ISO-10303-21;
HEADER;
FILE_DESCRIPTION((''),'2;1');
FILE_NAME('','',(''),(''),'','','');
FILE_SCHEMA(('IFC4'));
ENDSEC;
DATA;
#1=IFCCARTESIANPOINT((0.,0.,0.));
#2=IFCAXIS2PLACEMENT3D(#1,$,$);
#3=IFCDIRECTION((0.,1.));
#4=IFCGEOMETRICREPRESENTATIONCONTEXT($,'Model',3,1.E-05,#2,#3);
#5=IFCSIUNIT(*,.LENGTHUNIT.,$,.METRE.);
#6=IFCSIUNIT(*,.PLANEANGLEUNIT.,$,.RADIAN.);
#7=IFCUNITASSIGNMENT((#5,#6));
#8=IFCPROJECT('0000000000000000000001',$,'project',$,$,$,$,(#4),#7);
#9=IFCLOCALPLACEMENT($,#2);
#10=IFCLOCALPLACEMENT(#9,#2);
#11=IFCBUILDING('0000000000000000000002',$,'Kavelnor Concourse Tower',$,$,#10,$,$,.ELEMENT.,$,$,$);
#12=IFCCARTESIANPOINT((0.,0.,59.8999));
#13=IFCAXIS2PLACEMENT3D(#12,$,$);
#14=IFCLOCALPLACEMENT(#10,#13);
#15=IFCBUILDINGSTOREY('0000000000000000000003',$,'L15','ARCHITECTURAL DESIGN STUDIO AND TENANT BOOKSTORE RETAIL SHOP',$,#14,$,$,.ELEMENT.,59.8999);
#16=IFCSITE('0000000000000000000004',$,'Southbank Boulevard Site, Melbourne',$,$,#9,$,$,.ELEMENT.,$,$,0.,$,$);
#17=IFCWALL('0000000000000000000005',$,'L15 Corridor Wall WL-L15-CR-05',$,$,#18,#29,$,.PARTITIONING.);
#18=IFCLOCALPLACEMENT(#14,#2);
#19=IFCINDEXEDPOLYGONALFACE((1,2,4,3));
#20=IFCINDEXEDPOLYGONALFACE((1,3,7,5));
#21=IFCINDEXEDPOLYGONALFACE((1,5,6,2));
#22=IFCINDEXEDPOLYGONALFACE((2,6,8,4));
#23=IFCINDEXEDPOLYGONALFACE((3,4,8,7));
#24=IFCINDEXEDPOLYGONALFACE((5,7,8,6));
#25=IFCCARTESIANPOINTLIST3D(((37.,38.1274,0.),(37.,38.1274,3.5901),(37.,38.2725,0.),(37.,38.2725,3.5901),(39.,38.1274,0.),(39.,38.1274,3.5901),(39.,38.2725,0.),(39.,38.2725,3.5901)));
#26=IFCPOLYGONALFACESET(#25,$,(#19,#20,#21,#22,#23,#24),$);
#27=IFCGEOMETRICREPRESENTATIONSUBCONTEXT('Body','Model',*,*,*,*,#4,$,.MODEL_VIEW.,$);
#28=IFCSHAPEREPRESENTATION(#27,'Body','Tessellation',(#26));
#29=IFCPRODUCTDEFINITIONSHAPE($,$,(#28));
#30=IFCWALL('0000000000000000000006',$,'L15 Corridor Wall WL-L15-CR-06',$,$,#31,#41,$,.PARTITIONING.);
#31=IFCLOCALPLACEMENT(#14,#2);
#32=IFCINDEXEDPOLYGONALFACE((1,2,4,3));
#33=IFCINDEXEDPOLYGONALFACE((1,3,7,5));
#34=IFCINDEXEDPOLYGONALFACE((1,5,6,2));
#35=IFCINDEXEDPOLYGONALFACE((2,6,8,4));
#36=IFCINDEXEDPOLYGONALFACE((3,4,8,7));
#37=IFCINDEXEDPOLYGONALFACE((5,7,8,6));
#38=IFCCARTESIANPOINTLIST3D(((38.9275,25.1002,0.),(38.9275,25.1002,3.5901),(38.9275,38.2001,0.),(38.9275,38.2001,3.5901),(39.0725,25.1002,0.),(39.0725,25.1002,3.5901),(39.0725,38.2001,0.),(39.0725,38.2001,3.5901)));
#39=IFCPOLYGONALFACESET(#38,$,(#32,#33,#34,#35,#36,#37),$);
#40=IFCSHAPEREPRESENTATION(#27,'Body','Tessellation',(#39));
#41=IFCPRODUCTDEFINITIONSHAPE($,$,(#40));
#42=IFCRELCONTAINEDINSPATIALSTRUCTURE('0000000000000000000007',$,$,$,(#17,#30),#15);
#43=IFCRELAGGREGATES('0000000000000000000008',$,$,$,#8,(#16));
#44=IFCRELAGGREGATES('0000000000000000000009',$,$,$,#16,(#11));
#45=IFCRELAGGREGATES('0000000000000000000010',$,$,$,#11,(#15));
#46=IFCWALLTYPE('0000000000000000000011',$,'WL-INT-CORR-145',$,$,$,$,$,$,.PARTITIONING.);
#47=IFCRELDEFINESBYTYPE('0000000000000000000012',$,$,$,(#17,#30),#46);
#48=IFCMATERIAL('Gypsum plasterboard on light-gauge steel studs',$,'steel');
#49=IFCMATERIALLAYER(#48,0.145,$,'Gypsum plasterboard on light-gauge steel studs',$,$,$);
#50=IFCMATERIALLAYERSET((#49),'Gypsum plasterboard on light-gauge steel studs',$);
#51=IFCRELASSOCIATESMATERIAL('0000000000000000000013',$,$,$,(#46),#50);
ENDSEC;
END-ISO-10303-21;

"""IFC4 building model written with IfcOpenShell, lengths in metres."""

from ifc_helpers import new_model, si_unit, direction, frame, frame_2d, origin, place, context, subcontext, project, spatial, rectangle, extrude, material, layer, layer_set, type_object, element, save


model = new_model("IFC4")

# Units and contexts
model_context = context("Model", 3, precision=1e-05, world=origin(), true_north=direction((0.0, 1.0)))
body_context = subcontext(model_context, "Body", "Model", "MODEL_VIEW")
ifc_project = project(units=[si_unit("LENGTHUNIT", "METRE"), si_unit("PLANEANGLEUNIT", "RADIAN")], contexts=[model_context])

# Site, building, storey
site_placement = place(None, origin())
site = spatial("IfcSite", under=ifc_project, at=site_placement, Name="Southbank Boulevard Site, Melbourne", CompositionType="ELEMENT", RefElevation=0.0)
building_placement = place(site_placement, origin())
building = spatial("IfcBuilding", under=site, at=building_placement, Name="Kavelnor Concourse Tower", CompositionType="ELEMENT")
storey_placement = place(building_placement, frame((0.0, 0.0, 59.8999)))
storey = spatial("IfcBuildingStorey", under=building, at=storey_placement, Name="L15", Description="ARCHITECTURAL DESIGN STUDIO AND TENANT BOOKSTORE RETAIL SHOP", CompositionType="ELEMENT", Elevation=59.8999)

# Walls
ifc_material_1 = material(Name="Gypsum plasterboard on light-gauge steel studs", Category="steel")
ifc_layer_1 = layer(ifc_material_1, 0.145, Name="Gypsum plasterboard on light-gauge steel studs")
ifc_layer_set_1 = layer_set([ifc_layer_1], Name="Gypsum plasterboard on light-gauge steel studs")
wall_type_1 = type_object("IfcWallType", Name="WL-INT-CORR-145", PredefinedType="PARTITIONING", material=ifc_layer_set_1)
wall_1_placement = place(storey_placement, frame((37.0, 38.2, 0.0), z_axis=(0.0, 0.0, 1.0), x_axis=(1.0, 0.0, 0.0)))
element("IfcWall", 1, at=wall_1_placement, inside=storey, type_object=wall_type_1, Name="L15 Corridor Wall WL-L15-CR-05", PredefinedType="PARTITIONING", context=body_context, shape_type="SweptSolid", body=[
    extrude(rectangle(XDim=2.0, YDim=0.145, at=frame_2d((1.0, 0.0))), origin(), (0.0, 0.0, 1.0), 3.5901),
])
wall_2_placement = place(storey_placement, frame((39.0, 38.2, 0.0), z_axis=(0.0, 0.0, 1.0), x_axis=(0.0, -1.0, 0.0)))
element("IfcWall", 2, at=wall_2_placement, inside=storey, type_object=wall_type_1, Name="L15 Corridor Wall WL-L15-CR-06", PredefinedType="PARTITIONING", context=body_context, shape_type="SweptSolid", body=[
    extrude(rectangle(XDim=13.0999, YDim=0.145, at=frame_2d((6.5498, 0.0))), origin(), (0.0, 0.0, 1.0), 3.5901),
])

save(model, "model.ifc")
